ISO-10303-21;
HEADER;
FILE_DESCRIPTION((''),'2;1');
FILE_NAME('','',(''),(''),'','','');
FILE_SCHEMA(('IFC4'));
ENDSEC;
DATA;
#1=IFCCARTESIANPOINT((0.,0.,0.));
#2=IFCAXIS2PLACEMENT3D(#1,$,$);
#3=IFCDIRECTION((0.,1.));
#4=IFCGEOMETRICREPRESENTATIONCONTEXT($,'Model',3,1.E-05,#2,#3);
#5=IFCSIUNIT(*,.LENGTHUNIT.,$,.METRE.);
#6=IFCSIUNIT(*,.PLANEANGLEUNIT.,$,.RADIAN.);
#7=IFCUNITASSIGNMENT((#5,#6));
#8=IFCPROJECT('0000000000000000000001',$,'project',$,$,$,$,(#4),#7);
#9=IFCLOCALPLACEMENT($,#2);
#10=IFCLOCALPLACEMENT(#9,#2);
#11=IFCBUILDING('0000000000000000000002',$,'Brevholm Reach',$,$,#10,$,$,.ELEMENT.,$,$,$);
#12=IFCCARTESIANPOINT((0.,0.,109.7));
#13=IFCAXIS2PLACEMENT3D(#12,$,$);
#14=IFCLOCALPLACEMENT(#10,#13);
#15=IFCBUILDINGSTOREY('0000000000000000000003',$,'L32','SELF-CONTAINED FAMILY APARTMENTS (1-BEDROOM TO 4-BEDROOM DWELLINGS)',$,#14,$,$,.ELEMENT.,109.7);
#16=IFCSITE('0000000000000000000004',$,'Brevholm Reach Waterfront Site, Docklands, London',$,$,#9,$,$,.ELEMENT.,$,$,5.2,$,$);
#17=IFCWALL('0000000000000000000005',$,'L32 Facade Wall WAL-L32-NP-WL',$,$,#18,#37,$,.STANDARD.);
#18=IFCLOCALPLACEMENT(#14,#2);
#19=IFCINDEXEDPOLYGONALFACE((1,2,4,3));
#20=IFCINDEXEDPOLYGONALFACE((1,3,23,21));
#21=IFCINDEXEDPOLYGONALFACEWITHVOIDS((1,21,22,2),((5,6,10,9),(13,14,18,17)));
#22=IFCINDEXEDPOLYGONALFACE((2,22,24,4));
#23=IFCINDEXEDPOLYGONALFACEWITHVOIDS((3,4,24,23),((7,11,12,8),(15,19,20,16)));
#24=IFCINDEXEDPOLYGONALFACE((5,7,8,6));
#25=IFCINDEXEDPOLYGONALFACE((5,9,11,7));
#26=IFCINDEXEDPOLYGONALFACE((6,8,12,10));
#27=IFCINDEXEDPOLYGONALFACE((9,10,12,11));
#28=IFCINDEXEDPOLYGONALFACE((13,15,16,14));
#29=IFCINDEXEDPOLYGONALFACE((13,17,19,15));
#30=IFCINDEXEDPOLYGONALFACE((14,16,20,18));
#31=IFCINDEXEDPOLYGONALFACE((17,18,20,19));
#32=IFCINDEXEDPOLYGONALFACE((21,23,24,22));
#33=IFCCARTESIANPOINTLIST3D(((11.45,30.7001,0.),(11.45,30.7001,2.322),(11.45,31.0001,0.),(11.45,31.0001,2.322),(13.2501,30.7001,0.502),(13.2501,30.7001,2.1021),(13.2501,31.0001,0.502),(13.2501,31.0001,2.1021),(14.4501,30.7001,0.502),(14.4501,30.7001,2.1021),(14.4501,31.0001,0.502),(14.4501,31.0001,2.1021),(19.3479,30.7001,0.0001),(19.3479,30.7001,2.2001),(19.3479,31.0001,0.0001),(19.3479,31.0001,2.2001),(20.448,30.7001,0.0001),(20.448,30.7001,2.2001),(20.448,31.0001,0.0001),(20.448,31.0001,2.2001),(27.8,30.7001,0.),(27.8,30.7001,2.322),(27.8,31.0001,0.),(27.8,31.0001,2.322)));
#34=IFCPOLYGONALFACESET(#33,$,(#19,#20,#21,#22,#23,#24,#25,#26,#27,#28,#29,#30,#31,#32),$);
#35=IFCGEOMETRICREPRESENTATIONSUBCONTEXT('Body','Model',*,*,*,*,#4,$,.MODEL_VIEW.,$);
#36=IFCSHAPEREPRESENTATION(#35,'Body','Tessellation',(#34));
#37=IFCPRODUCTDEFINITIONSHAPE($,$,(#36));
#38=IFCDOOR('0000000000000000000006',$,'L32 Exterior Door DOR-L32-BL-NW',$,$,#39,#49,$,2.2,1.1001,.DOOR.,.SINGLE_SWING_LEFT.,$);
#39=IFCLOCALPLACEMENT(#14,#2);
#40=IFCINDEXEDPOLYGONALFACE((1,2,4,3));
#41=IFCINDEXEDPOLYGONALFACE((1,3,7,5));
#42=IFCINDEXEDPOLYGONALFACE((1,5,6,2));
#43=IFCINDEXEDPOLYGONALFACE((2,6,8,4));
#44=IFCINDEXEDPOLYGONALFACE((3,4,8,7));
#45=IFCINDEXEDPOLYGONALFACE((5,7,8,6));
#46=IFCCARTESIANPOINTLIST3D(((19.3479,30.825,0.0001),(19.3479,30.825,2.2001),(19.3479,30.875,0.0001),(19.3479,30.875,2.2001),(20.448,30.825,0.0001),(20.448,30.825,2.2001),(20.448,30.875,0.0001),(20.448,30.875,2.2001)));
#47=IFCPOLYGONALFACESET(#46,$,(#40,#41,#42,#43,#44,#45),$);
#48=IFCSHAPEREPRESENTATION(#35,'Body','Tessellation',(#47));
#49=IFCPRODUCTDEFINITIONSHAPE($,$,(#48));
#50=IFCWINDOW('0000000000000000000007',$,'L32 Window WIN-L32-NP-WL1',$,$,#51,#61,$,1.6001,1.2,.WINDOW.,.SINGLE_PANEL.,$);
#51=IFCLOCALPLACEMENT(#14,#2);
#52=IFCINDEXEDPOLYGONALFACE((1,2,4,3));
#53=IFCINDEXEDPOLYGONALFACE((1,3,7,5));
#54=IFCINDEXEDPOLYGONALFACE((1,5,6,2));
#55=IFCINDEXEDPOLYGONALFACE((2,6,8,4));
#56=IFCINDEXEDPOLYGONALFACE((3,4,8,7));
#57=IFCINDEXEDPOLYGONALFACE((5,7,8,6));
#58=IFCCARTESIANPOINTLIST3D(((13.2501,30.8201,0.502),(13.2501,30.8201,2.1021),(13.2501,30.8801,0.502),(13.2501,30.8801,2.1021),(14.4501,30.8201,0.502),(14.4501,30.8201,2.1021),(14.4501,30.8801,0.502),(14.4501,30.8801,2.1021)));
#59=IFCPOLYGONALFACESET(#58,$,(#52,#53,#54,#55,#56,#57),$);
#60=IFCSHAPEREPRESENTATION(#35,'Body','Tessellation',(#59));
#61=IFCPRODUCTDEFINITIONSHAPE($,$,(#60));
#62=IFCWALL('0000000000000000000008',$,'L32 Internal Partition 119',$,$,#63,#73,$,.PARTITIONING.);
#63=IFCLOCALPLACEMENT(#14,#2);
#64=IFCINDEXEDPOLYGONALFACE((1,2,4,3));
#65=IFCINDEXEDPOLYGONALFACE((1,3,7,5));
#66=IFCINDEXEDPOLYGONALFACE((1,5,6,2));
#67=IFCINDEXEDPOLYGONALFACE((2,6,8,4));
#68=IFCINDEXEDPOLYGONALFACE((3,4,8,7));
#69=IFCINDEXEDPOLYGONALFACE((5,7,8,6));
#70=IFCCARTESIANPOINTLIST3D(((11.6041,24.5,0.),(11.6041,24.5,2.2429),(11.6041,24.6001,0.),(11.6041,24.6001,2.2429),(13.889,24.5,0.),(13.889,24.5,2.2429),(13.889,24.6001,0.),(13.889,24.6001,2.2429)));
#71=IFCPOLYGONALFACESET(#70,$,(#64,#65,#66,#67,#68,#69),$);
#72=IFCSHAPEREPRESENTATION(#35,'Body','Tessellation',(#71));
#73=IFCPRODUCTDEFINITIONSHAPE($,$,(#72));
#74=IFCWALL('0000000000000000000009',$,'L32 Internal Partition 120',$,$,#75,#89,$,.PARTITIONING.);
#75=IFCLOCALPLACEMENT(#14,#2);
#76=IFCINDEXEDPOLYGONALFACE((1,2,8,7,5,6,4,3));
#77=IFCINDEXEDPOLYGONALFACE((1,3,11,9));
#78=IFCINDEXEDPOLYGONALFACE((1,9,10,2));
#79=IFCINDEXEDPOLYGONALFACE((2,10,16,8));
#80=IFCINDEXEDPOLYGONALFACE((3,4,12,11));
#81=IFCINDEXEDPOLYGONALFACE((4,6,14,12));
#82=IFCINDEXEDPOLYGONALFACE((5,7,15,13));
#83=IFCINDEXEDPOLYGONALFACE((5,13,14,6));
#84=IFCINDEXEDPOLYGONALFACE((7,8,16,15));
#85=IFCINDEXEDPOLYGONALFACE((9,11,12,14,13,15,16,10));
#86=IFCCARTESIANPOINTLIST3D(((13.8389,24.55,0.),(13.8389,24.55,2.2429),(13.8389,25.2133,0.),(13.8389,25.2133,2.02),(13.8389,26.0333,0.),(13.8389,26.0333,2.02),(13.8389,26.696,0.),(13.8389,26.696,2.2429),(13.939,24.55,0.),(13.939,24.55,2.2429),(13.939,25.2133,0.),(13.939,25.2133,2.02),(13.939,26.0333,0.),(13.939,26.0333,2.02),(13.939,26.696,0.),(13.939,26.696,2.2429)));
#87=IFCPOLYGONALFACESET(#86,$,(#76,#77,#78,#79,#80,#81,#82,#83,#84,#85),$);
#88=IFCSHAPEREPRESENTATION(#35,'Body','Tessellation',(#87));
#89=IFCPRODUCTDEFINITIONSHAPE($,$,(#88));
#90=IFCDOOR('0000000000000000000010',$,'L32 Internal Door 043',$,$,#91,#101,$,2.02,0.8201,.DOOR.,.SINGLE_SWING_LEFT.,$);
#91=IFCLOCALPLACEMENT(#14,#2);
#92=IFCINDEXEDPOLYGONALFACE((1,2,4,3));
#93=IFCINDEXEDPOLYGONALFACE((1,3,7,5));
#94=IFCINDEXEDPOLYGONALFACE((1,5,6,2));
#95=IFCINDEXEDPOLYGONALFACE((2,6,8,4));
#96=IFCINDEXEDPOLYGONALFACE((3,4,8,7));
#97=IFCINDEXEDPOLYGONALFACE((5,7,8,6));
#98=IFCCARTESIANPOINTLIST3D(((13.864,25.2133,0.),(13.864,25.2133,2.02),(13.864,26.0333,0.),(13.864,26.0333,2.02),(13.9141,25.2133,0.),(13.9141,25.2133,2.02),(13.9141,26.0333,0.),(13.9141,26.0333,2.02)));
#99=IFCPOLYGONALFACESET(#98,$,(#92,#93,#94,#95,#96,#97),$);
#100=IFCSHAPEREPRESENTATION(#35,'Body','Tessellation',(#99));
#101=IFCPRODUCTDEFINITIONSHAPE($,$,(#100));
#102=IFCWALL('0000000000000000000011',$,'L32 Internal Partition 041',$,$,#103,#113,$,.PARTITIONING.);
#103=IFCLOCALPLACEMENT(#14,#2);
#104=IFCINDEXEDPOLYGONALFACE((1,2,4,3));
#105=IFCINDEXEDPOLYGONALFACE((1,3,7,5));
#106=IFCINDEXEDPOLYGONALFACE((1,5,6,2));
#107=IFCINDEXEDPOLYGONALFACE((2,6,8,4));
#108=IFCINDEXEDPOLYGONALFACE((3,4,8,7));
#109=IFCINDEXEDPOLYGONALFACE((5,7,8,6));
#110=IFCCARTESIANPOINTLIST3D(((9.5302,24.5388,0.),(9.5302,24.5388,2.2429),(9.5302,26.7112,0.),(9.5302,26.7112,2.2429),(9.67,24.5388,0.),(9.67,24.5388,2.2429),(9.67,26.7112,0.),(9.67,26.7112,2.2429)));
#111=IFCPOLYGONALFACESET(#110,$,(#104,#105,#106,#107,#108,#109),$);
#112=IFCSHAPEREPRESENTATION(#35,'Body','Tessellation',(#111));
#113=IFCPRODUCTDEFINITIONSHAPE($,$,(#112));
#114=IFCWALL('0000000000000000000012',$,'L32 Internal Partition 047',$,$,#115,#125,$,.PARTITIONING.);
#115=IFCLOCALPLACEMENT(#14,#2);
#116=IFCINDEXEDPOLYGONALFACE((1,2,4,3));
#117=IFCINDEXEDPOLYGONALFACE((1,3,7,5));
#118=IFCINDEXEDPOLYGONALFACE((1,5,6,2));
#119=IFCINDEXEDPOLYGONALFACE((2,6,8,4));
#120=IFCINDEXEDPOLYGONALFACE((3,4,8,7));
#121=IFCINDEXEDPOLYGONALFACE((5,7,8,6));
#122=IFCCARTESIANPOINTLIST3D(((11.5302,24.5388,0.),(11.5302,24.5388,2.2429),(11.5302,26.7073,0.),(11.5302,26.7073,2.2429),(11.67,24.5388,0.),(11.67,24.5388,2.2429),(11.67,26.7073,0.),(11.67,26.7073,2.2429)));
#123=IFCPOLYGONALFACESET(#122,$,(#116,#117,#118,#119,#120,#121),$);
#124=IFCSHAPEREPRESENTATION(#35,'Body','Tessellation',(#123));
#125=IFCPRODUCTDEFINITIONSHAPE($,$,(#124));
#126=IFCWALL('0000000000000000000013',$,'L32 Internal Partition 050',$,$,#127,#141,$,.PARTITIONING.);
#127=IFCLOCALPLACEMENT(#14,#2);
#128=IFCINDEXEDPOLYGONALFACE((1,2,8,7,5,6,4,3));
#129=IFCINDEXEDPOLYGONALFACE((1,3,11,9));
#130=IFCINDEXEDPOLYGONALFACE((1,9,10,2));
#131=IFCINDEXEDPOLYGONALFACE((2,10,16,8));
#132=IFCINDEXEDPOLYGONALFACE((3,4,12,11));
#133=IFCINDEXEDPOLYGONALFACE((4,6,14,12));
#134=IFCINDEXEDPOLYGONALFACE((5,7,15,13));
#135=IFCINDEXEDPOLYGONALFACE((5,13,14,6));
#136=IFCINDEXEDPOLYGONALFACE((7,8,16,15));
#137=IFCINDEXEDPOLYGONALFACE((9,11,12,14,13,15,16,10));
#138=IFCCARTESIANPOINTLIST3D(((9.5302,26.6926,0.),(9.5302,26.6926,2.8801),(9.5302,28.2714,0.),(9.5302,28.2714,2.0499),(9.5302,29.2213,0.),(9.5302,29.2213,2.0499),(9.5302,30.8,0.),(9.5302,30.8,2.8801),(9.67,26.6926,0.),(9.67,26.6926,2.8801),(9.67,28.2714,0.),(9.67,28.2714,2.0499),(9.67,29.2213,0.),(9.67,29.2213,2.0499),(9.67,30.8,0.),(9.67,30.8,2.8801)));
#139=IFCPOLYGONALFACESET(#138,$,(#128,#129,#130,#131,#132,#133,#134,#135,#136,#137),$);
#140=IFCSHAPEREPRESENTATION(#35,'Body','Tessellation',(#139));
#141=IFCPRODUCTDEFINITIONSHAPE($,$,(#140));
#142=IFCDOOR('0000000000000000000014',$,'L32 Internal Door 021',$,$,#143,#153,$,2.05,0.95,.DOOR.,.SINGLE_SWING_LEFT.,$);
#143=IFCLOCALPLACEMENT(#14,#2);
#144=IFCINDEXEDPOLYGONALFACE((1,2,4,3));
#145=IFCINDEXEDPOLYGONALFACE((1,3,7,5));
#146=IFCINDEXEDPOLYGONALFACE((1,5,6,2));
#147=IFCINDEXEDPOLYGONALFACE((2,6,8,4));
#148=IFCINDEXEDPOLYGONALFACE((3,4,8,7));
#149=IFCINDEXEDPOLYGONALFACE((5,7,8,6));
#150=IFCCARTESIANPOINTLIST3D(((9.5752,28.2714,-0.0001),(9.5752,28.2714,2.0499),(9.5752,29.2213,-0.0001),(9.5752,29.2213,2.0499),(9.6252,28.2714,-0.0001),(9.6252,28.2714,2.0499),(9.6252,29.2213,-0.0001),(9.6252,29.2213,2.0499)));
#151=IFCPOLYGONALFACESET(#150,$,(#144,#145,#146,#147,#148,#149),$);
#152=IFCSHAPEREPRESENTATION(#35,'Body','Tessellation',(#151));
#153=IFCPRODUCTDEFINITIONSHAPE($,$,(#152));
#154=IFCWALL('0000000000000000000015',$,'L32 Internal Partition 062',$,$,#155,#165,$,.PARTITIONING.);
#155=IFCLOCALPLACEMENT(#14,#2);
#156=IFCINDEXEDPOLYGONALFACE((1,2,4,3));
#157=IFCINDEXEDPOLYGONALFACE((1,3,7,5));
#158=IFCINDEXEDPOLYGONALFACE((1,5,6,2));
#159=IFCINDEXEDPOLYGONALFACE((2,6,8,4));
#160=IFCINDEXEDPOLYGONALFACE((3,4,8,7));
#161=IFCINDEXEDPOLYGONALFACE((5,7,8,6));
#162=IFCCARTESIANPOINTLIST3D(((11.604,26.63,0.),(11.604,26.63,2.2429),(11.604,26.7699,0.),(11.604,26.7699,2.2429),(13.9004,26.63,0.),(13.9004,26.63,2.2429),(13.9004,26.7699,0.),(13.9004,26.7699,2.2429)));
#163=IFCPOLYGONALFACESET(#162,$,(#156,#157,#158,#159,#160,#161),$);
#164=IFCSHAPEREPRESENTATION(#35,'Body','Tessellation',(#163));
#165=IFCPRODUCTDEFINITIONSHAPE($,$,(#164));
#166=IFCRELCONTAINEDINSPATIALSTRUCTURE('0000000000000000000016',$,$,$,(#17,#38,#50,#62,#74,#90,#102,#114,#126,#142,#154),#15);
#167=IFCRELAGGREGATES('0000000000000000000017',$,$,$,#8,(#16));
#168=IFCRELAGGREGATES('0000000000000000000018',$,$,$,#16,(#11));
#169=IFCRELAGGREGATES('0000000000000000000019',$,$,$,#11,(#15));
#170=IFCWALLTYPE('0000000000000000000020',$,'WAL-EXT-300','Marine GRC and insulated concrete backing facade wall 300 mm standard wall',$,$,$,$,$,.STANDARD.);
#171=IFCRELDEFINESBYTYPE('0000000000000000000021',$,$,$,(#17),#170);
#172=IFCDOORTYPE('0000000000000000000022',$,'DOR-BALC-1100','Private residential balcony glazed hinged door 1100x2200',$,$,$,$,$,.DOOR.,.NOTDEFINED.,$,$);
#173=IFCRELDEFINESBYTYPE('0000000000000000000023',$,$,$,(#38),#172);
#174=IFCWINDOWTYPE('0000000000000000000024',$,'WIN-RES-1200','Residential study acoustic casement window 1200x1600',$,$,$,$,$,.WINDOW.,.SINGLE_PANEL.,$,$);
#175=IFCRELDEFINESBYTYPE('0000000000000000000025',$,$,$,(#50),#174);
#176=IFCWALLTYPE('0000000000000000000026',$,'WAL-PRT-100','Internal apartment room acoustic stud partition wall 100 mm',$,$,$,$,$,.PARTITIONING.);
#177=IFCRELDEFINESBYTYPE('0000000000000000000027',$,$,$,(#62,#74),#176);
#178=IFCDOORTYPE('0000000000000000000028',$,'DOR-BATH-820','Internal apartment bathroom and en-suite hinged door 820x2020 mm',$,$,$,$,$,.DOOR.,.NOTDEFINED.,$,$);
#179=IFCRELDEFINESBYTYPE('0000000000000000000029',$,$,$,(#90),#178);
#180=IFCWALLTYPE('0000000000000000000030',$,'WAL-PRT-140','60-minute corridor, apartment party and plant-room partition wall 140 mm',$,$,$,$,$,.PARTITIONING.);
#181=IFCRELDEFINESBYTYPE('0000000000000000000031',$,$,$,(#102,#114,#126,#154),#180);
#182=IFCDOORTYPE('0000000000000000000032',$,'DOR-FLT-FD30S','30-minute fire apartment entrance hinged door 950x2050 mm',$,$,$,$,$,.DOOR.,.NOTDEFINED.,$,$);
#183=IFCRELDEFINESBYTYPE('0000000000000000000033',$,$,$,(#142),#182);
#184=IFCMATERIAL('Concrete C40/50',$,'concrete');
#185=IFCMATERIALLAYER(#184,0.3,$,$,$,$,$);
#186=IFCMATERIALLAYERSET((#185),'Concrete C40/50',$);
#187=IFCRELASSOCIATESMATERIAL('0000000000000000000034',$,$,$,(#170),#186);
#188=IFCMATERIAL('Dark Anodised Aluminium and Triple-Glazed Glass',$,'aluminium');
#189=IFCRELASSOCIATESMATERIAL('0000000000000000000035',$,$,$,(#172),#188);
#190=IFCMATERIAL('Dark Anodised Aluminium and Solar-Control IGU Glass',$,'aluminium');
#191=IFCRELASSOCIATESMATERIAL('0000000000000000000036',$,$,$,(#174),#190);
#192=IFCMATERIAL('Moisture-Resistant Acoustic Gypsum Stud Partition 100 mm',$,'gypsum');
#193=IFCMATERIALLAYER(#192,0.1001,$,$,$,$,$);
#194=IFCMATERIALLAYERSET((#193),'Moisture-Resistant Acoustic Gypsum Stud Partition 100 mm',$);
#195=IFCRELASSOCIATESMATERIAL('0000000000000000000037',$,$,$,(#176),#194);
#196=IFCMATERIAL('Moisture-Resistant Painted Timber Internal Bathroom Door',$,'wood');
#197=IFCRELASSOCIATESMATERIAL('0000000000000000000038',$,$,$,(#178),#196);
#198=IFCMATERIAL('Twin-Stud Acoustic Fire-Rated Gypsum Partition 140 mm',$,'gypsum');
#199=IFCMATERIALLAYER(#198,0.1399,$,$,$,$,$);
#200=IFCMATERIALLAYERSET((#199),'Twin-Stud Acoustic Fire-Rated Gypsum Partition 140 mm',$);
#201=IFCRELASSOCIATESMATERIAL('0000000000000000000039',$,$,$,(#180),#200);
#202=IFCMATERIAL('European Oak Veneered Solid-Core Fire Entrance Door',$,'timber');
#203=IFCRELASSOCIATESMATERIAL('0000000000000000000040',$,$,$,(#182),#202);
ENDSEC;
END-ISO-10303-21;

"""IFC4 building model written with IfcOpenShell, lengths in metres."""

from ifc_helpers import new_model, si_unit, direction, frame, frame_2d, origin, place, context, subcontext, project, spatial, rectangle, extrude, material, layer, layer_set, type_object, element, fill, save


model = new_model("IFC4")

# Units and contexts
model_context = context("Model", 3, precision=1e-05, world=origin(), true_north=direction((0.0, 1.0)))
body_context = subcontext(model_context, "Body", "Model", "MODEL_VIEW")
ifc_project = project(units=[si_unit("LENGTHUNIT", "METRE"), si_unit("PLANEANGLEUNIT", "RADIAN")], contexts=[model_context])

# Site, building, storey
site_placement = place(None, origin())
site = spatial("IfcSite", under=ifc_project, at=site_placement, Name="Brevholm Reach Waterfront Site, Docklands, London", CompositionType="ELEMENT", RefElevation=5.2)
building_placement = place(site_placement, origin())
building = spatial("IfcBuilding", under=site, at=building_placement, Name="Brevholm Reach", CompositionType="ELEMENT")
storey_placement = place(building_placement, frame((0.0, 0.0, 109.7)))
storey = spatial("IfcBuildingStorey", under=building, at=storey_placement, Name="L32", Description="SELF-CONTAINED FAMILY APARTMENTS (1-BEDROOM TO 4-BEDROOM DWELLINGS)", CompositionType="ELEMENT", Elevation=109.7)

# Wall, openings, door, window
ifc_material_1 = material(Name="Concrete C40/50", Category="concrete")
ifc_layer_1 = layer(ifc_material_1, 0.3)
ifc_layer_set_1 = layer_set([ifc_layer_1], Name="Concrete C40/50")
wall_type_1 = type_object("IfcWallType", Name="WAL-EXT-300", Description="Marine GRC and insulated concrete backing facade wall 300 mm standard wall", PredefinedType="STANDARD", material=ifc_layer_set_1)
wall_1_placement = place(storey_placement, frame((11.45, 30.8501, 0.0), z_axis=(0.0, 0.0, 1.0), x_axis=(1.0, 0.0, 0.0)))
wall_1 = element("IfcWall", 1, at=wall_1_placement, inside=storey, type_object=wall_type_1, Name="L32 Facade Wall WAL-L32-NP-WL", PredefinedType="STANDARD", context=body_context, shape_type="SweptSolid", body=[
    extrude(rectangle(XDim=16.3501, YDim=0.3, at=frame_2d((8.175, 0.0))), origin(), (0.0, 0.0, 1.0), 2.322),
])
opening_1_placement = place(wall_1_placement, frame((7.8979, 0.0, 0.0)))
opening_1 = element("IfcOpeningElement", 2, at=opening_1_placement, cuts=wall_1, PredefinedType="OPENING", context=body_context, shape_type="SweptSolid", body=[
    extrude(rectangle(XDim=1.1001, YDim=2.2, at=frame_2d((0.55, 1.1001))), frame((0.0, 0.1599, 0.0), z_axis=(0.0, -1.0, 0.0), x_axis=(1.0, 0.0, 0.0)), (0.0, 0.0, 1.0), 0.3201),
])
opening_2_placement = place(wall_1_placement, frame((1.8, 0.0, 0.502)))
opening_2 = element("IfcOpeningElement", 3, at=opening_2_placement, cuts=wall_1, PredefinedType="OPENING", context=body_context, shape_type="SweptSolid", body=[
    extrude(rectangle(XDim=1.2, YDim=1.6001, at=frame_2d((0.6001, 0.8))), frame((0.0, 0.1599, 0.0), z_axis=(0.0, -1.0, 0.0), x_axis=(1.0, 0.0, 0.0)), (0.0, 0.0, 1.0), 0.3201),
])
ifc_material_2 = material(Name="Dark Anodised Aluminium and Triple-Glazed Glass", Category="aluminium")
door_type_1 = type_object("IfcDoorType", Name="DOR-BALC-1100", Description="Private residential balcony glazed hinged door 1100x2200", OperationType="NOTDEFINED", PredefinedType="DOOR", material=ifc_material_2)
door_1_placement = place(opening_1_placement, origin())
door_1 = element("IfcDoor", 4, at=door_1_placement, inside=storey, type_object=door_type_1, Name="L32 Exterior Door DOR-L32-BL-NW", OperationType="SINGLE_SWING_LEFT", OverallHeight=2.2, OverallWidth=1.1001, PredefinedType="DOOR", context=body_context, shape_type="SweptSolid", body=[
    extrude(rectangle(XDim=1.1001, YDim=2.2, at=frame_2d((0.55, 1.1001))), frame((0.0, 0.0249, 0.0), z_axis=(0.0, -1.0, 0.0), x_axis=(1.0, 0.0, 0.0)), (0.0, 0.0, 1.0), 0.05),
])
fill(opening_1, door_1)
ifc_material_3 = material(Name="Dark Anodised Aluminium and Solar-Control IGU Glass", Category="aluminium")
window_type = type_object("IfcWindowType", Name="WIN-RES-1200", Description="Residential study acoustic casement window 1200x1600", PartitioningType="SINGLE_PANEL", PredefinedType="WINDOW", material=ifc_material_3)
window_placement = place(opening_2_placement, origin())
window = element("IfcWindow", 5, at=window_placement, inside=storey, type_object=window_type, Name="L32 Window WIN-L32-NP-WL1", OverallHeight=1.6001, OverallWidth=1.2, PartitioningType="SINGLE_PANEL", PredefinedType="WINDOW", context=body_context, shape_type="SweptSolid", body=[
    extrude(rectangle(XDim=1.2, YDim=1.6001, at=frame_2d((0.6001, 0.8))), frame((0.0, 0.03, 0.0), z_axis=(0.0, -1.0, 0.0), x_axis=(1.0, 0.0, 0.0)), (0.0, 0.0, 1.0), 0.0601),
])
fill(opening_2, window)

# Wall
ifc_material_4 = material(Name="Moisture-Resistant Acoustic Gypsum Stud Partition 100 mm", Category="gypsum")
ifc_layer_2 = layer(ifc_material_4, 0.1001)
ifc_layer_set_2 = layer_set([ifc_layer_2], Name="Moisture-Resistant Acoustic Gypsum Stud Partition 100 mm")
wall_type_2 = type_object("IfcWallType", Name="WAL-PRT-100", Description="Internal apartment room acoustic stud partition wall 100 mm", PredefinedType="PARTITIONING", material=ifc_layer_set_2)
wall_2_placement = place(storey_placement, frame((11.604, 24.55, 0.0), z_axis=(0.0, 0.0, 1.0), x_axis=(1.0, 0.0, 0.0)))
element("IfcWall", 6, at=wall_2_placement, inside=storey, type_object=wall_type_2, Name="L32 Internal Partition 119", PredefinedType="PARTITIONING", context=body_context, shape_type="SweptSolid", body=[
    extrude(rectangle(XDim=2.2849, YDim=0.1001, at=frame_2d((1.1426, 0.0))), origin(), (0.0, 0.0, 1.0), 2.2429),
])

# Wall, opening, door
wall_3_placement = place(storey_placement, frame((13.8889, 24.55, 0.0), z_axis=(0.0, 0.0, 1.0), x_axis=(0.0, 1.0, 0.0)))
wall_3 = element("IfcWall", 7, at=wall_3_placement, inside=storey, type_object=wall_type_2, Name="L32 Internal Partition 120", PredefinedType="PARTITIONING", context=body_context, shape_type="SweptSolid", body=[
    extrude(rectangle(XDim=2.146, YDim=0.1001, at=frame_2d((1.073, 0.0))), origin(), (0.0, 0.0, 1.0), 2.2429),
])
opening_3_placement = place(wall_3_placement, frame((0.6631, 0.0, 0.0)))
opening_3 = element("IfcOpeningElement", 8, at=opening_3_placement, cuts=wall_3, PredefinedType="OPENING", context=body_context, shape_type="SweptSolid", body=[
    extrude(rectangle(XDim=0.8201, YDim=2.02, at=frame_2d((0.4102, 1.01))), frame((0.0, 0.0601, 0.0), z_axis=(0.0, -1.0, 0.0), x_axis=(1.0, 0.0, 0.0)), (0.0, 0.0, 1.0), 0.1201),
])
ifc_material_5 = material(Name="Moisture-Resistant Painted Timber Internal Bathroom Door", Category="wood")
door_type_2 = type_object("IfcDoorType", Name="DOR-BATH-820", Description="Internal apartment bathroom and en-suite hinged door 820x2020 mm", OperationType="NOTDEFINED", PredefinedType="DOOR", material=ifc_material_5)
door_2_placement = place(opening_3_placement, origin())
door_2 = element("IfcDoor", 9, at=door_2_placement, inside=storey, type_object=door_type_2, Name="L32 Internal Door 043", OperationType="SINGLE_SWING_LEFT", OverallHeight=2.02, OverallWidth=0.8201, PredefinedType="DOOR", context=body_context, shape_type="SweptSolid", body=[
    extrude(rectangle(XDim=0.8201, YDim=2.02, at=frame_2d((0.4102, 1.01))), frame((0.0, 0.0249, 0.0), z_axis=(0.0, -1.0, 0.0), x_axis=(1.0, 0.0, 0.0)), (0.0, 0.0, 1.0), 0.05),
])
fill(opening_3, door_2)

# Walls
ifc_material_6 = material(Name="Twin-Stud Acoustic Fire-Rated Gypsum Partition 140 mm", Category="gypsum")
ifc_layer_3 = layer(ifc_material_6, 0.1399)
ifc_layer_set_3 = layer_set([ifc_layer_3], Name="Twin-Stud Acoustic Fire-Rated Gypsum Partition 140 mm")
wall_type_3 = type_object("IfcWallType", Name="WAL-PRT-140", Description="60-minute corridor, apartment party and plant-room partition wall 140 mm", PredefinedType="PARTITIONING", material=ifc_layer_set_3)
wall_4_placement = place(storey_placement, frame((9.6001, 24.5388, 0.0), z_axis=(0.0, 0.0, 1.0), x_axis=(0.0, 1.0, 0.0)))
element("IfcWall", 10, at=wall_4_placement, inside=storey, type_object=wall_type_3, Name="L32 Internal Partition 041", PredefinedType="PARTITIONING", context=body_context, shape_type="SweptSolid", body=[
    extrude(rectangle(XDim=2.1724, YDim=0.1399, at=frame_2d((1.0862, 0.0))), origin(), (0.0, 0.0, 1.0), 2.2429),
])
wall_5_placement = place(storey_placement, frame((11.6001, 24.5388, 0.0), z_axis=(0.0, 0.0, 1.0), x_axis=(0.0, 1.0, 0.0)))
element("IfcWall", 11, at=wall_5_placement, inside=storey, type_object=wall_type_3, Name="L32 Internal Partition 047", PredefinedType="PARTITIONING", context=body_context, shape_type="SweptSolid", body=[
    extrude(rectangle(XDim=2.1685, YDim=0.1399, at=frame_2d((1.0842, 0.0))), origin(), (0.0, 0.0, 1.0), 2.2429),
])

# Wall, opening, door
wall_6_placement = place(storey_placement, frame((9.6001, 26.6926, 0.0), z_axis=(0.0, 0.0, 1.0), x_axis=(0.0, 1.0, 0.0)))
wall_6 = element("IfcWall", 12, at=wall_6_placement, inside=storey, type_object=wall_type_3, Name="L32 Internal Partition 050", PredefinedType="PARTITIONING", context=body_context, shape_type="SweptSolid", body=[
    extrude(rectangle(XDim=4.1074, YDim=0.1399, at=frame_2d((2.0537, 0.0))), origin(), (0.0, 0.0, 1.0), 2.8801),
])
opening_4_placement = place(wall_6_placement, frame((1.5786, 0.0, 0.0)))
opening_4 = element("IfcOpeningElement", 13, at=opening_4_placement, cuts=wall_6, PredefinedType="OPENING", context=body_context, shape_type="SweptSolid", body=[
    extrude(rectangle(XDim=0.95, YDim=2.05, at=frame_2d((0.4751, 1.0249))), frame((0.0, 0.0798, 0.0), z_axis=(0.0, -1.0, 0.0), x_axis=(1.0, 0.0, 0.0)), (0.0, 0.0, 1.0), 0.1599),
])
ifc_material_7 = material(Name="European Oak Veneered Solid-Core Fire Entrance Door", Category="timber")
door_type_3 = type_object("IfcDoorType", Name="DOR-FLT-FD30S", Description="30-minute fire apartment entrance hinged door 950x2050 mm", OperationType="NOTDEFINED", PredefinedType="DOOR", material=ifc_material_7)
door_3_placement = place(opening_4_placement, origin())
door_3 = element("IfcDoor", 14, at=door_3_placement, inside=storey, type_object=door_type_3, Name="L32 Internal Door 021", OperationType="SINGLE_SWING_LEFT", OverallHeight=2.05, OverallWidth=0.95, PredefinedType="DOOR", context=body_context, shape_type="SweptSolid", body=[
    extrude(rectangle(XDim=0.95, YDim=2.05, at=frame_2d((0.4751, 1.0249))), frame((0.0, 0.0249, 0.0), z_axis=(0.0, -1.0, 0.0), x_axis=(1.0, 0.0, 0.0)), (0.0, 0.0, 1.0), 0.05),
])
fill(opening_4, door_3)

# Wall
wall_7_placement = place(storey_placement, frame((11.604, 26.7, 0.0), z_axis=(0.0, 0.0, 1.0), x_axis=(1.0, 0.0, 0.0)))
element("IfcWall", 15, at=wall_7_placement, inside=storey, type_object=wall_type_3, Name="L32 Internal Partition 062", PredefinedType="PARTITIONING", context=body_context, shape_type="SweptSolid", body=[
    extrude(rectangle(XDim=2.2964, YDim=0.1399, at=frame_2d((1.1482, 0.0))), origin(), (0.0, 0.0, 1.0), 2.2429),
])

save(model, "model.ifc")
